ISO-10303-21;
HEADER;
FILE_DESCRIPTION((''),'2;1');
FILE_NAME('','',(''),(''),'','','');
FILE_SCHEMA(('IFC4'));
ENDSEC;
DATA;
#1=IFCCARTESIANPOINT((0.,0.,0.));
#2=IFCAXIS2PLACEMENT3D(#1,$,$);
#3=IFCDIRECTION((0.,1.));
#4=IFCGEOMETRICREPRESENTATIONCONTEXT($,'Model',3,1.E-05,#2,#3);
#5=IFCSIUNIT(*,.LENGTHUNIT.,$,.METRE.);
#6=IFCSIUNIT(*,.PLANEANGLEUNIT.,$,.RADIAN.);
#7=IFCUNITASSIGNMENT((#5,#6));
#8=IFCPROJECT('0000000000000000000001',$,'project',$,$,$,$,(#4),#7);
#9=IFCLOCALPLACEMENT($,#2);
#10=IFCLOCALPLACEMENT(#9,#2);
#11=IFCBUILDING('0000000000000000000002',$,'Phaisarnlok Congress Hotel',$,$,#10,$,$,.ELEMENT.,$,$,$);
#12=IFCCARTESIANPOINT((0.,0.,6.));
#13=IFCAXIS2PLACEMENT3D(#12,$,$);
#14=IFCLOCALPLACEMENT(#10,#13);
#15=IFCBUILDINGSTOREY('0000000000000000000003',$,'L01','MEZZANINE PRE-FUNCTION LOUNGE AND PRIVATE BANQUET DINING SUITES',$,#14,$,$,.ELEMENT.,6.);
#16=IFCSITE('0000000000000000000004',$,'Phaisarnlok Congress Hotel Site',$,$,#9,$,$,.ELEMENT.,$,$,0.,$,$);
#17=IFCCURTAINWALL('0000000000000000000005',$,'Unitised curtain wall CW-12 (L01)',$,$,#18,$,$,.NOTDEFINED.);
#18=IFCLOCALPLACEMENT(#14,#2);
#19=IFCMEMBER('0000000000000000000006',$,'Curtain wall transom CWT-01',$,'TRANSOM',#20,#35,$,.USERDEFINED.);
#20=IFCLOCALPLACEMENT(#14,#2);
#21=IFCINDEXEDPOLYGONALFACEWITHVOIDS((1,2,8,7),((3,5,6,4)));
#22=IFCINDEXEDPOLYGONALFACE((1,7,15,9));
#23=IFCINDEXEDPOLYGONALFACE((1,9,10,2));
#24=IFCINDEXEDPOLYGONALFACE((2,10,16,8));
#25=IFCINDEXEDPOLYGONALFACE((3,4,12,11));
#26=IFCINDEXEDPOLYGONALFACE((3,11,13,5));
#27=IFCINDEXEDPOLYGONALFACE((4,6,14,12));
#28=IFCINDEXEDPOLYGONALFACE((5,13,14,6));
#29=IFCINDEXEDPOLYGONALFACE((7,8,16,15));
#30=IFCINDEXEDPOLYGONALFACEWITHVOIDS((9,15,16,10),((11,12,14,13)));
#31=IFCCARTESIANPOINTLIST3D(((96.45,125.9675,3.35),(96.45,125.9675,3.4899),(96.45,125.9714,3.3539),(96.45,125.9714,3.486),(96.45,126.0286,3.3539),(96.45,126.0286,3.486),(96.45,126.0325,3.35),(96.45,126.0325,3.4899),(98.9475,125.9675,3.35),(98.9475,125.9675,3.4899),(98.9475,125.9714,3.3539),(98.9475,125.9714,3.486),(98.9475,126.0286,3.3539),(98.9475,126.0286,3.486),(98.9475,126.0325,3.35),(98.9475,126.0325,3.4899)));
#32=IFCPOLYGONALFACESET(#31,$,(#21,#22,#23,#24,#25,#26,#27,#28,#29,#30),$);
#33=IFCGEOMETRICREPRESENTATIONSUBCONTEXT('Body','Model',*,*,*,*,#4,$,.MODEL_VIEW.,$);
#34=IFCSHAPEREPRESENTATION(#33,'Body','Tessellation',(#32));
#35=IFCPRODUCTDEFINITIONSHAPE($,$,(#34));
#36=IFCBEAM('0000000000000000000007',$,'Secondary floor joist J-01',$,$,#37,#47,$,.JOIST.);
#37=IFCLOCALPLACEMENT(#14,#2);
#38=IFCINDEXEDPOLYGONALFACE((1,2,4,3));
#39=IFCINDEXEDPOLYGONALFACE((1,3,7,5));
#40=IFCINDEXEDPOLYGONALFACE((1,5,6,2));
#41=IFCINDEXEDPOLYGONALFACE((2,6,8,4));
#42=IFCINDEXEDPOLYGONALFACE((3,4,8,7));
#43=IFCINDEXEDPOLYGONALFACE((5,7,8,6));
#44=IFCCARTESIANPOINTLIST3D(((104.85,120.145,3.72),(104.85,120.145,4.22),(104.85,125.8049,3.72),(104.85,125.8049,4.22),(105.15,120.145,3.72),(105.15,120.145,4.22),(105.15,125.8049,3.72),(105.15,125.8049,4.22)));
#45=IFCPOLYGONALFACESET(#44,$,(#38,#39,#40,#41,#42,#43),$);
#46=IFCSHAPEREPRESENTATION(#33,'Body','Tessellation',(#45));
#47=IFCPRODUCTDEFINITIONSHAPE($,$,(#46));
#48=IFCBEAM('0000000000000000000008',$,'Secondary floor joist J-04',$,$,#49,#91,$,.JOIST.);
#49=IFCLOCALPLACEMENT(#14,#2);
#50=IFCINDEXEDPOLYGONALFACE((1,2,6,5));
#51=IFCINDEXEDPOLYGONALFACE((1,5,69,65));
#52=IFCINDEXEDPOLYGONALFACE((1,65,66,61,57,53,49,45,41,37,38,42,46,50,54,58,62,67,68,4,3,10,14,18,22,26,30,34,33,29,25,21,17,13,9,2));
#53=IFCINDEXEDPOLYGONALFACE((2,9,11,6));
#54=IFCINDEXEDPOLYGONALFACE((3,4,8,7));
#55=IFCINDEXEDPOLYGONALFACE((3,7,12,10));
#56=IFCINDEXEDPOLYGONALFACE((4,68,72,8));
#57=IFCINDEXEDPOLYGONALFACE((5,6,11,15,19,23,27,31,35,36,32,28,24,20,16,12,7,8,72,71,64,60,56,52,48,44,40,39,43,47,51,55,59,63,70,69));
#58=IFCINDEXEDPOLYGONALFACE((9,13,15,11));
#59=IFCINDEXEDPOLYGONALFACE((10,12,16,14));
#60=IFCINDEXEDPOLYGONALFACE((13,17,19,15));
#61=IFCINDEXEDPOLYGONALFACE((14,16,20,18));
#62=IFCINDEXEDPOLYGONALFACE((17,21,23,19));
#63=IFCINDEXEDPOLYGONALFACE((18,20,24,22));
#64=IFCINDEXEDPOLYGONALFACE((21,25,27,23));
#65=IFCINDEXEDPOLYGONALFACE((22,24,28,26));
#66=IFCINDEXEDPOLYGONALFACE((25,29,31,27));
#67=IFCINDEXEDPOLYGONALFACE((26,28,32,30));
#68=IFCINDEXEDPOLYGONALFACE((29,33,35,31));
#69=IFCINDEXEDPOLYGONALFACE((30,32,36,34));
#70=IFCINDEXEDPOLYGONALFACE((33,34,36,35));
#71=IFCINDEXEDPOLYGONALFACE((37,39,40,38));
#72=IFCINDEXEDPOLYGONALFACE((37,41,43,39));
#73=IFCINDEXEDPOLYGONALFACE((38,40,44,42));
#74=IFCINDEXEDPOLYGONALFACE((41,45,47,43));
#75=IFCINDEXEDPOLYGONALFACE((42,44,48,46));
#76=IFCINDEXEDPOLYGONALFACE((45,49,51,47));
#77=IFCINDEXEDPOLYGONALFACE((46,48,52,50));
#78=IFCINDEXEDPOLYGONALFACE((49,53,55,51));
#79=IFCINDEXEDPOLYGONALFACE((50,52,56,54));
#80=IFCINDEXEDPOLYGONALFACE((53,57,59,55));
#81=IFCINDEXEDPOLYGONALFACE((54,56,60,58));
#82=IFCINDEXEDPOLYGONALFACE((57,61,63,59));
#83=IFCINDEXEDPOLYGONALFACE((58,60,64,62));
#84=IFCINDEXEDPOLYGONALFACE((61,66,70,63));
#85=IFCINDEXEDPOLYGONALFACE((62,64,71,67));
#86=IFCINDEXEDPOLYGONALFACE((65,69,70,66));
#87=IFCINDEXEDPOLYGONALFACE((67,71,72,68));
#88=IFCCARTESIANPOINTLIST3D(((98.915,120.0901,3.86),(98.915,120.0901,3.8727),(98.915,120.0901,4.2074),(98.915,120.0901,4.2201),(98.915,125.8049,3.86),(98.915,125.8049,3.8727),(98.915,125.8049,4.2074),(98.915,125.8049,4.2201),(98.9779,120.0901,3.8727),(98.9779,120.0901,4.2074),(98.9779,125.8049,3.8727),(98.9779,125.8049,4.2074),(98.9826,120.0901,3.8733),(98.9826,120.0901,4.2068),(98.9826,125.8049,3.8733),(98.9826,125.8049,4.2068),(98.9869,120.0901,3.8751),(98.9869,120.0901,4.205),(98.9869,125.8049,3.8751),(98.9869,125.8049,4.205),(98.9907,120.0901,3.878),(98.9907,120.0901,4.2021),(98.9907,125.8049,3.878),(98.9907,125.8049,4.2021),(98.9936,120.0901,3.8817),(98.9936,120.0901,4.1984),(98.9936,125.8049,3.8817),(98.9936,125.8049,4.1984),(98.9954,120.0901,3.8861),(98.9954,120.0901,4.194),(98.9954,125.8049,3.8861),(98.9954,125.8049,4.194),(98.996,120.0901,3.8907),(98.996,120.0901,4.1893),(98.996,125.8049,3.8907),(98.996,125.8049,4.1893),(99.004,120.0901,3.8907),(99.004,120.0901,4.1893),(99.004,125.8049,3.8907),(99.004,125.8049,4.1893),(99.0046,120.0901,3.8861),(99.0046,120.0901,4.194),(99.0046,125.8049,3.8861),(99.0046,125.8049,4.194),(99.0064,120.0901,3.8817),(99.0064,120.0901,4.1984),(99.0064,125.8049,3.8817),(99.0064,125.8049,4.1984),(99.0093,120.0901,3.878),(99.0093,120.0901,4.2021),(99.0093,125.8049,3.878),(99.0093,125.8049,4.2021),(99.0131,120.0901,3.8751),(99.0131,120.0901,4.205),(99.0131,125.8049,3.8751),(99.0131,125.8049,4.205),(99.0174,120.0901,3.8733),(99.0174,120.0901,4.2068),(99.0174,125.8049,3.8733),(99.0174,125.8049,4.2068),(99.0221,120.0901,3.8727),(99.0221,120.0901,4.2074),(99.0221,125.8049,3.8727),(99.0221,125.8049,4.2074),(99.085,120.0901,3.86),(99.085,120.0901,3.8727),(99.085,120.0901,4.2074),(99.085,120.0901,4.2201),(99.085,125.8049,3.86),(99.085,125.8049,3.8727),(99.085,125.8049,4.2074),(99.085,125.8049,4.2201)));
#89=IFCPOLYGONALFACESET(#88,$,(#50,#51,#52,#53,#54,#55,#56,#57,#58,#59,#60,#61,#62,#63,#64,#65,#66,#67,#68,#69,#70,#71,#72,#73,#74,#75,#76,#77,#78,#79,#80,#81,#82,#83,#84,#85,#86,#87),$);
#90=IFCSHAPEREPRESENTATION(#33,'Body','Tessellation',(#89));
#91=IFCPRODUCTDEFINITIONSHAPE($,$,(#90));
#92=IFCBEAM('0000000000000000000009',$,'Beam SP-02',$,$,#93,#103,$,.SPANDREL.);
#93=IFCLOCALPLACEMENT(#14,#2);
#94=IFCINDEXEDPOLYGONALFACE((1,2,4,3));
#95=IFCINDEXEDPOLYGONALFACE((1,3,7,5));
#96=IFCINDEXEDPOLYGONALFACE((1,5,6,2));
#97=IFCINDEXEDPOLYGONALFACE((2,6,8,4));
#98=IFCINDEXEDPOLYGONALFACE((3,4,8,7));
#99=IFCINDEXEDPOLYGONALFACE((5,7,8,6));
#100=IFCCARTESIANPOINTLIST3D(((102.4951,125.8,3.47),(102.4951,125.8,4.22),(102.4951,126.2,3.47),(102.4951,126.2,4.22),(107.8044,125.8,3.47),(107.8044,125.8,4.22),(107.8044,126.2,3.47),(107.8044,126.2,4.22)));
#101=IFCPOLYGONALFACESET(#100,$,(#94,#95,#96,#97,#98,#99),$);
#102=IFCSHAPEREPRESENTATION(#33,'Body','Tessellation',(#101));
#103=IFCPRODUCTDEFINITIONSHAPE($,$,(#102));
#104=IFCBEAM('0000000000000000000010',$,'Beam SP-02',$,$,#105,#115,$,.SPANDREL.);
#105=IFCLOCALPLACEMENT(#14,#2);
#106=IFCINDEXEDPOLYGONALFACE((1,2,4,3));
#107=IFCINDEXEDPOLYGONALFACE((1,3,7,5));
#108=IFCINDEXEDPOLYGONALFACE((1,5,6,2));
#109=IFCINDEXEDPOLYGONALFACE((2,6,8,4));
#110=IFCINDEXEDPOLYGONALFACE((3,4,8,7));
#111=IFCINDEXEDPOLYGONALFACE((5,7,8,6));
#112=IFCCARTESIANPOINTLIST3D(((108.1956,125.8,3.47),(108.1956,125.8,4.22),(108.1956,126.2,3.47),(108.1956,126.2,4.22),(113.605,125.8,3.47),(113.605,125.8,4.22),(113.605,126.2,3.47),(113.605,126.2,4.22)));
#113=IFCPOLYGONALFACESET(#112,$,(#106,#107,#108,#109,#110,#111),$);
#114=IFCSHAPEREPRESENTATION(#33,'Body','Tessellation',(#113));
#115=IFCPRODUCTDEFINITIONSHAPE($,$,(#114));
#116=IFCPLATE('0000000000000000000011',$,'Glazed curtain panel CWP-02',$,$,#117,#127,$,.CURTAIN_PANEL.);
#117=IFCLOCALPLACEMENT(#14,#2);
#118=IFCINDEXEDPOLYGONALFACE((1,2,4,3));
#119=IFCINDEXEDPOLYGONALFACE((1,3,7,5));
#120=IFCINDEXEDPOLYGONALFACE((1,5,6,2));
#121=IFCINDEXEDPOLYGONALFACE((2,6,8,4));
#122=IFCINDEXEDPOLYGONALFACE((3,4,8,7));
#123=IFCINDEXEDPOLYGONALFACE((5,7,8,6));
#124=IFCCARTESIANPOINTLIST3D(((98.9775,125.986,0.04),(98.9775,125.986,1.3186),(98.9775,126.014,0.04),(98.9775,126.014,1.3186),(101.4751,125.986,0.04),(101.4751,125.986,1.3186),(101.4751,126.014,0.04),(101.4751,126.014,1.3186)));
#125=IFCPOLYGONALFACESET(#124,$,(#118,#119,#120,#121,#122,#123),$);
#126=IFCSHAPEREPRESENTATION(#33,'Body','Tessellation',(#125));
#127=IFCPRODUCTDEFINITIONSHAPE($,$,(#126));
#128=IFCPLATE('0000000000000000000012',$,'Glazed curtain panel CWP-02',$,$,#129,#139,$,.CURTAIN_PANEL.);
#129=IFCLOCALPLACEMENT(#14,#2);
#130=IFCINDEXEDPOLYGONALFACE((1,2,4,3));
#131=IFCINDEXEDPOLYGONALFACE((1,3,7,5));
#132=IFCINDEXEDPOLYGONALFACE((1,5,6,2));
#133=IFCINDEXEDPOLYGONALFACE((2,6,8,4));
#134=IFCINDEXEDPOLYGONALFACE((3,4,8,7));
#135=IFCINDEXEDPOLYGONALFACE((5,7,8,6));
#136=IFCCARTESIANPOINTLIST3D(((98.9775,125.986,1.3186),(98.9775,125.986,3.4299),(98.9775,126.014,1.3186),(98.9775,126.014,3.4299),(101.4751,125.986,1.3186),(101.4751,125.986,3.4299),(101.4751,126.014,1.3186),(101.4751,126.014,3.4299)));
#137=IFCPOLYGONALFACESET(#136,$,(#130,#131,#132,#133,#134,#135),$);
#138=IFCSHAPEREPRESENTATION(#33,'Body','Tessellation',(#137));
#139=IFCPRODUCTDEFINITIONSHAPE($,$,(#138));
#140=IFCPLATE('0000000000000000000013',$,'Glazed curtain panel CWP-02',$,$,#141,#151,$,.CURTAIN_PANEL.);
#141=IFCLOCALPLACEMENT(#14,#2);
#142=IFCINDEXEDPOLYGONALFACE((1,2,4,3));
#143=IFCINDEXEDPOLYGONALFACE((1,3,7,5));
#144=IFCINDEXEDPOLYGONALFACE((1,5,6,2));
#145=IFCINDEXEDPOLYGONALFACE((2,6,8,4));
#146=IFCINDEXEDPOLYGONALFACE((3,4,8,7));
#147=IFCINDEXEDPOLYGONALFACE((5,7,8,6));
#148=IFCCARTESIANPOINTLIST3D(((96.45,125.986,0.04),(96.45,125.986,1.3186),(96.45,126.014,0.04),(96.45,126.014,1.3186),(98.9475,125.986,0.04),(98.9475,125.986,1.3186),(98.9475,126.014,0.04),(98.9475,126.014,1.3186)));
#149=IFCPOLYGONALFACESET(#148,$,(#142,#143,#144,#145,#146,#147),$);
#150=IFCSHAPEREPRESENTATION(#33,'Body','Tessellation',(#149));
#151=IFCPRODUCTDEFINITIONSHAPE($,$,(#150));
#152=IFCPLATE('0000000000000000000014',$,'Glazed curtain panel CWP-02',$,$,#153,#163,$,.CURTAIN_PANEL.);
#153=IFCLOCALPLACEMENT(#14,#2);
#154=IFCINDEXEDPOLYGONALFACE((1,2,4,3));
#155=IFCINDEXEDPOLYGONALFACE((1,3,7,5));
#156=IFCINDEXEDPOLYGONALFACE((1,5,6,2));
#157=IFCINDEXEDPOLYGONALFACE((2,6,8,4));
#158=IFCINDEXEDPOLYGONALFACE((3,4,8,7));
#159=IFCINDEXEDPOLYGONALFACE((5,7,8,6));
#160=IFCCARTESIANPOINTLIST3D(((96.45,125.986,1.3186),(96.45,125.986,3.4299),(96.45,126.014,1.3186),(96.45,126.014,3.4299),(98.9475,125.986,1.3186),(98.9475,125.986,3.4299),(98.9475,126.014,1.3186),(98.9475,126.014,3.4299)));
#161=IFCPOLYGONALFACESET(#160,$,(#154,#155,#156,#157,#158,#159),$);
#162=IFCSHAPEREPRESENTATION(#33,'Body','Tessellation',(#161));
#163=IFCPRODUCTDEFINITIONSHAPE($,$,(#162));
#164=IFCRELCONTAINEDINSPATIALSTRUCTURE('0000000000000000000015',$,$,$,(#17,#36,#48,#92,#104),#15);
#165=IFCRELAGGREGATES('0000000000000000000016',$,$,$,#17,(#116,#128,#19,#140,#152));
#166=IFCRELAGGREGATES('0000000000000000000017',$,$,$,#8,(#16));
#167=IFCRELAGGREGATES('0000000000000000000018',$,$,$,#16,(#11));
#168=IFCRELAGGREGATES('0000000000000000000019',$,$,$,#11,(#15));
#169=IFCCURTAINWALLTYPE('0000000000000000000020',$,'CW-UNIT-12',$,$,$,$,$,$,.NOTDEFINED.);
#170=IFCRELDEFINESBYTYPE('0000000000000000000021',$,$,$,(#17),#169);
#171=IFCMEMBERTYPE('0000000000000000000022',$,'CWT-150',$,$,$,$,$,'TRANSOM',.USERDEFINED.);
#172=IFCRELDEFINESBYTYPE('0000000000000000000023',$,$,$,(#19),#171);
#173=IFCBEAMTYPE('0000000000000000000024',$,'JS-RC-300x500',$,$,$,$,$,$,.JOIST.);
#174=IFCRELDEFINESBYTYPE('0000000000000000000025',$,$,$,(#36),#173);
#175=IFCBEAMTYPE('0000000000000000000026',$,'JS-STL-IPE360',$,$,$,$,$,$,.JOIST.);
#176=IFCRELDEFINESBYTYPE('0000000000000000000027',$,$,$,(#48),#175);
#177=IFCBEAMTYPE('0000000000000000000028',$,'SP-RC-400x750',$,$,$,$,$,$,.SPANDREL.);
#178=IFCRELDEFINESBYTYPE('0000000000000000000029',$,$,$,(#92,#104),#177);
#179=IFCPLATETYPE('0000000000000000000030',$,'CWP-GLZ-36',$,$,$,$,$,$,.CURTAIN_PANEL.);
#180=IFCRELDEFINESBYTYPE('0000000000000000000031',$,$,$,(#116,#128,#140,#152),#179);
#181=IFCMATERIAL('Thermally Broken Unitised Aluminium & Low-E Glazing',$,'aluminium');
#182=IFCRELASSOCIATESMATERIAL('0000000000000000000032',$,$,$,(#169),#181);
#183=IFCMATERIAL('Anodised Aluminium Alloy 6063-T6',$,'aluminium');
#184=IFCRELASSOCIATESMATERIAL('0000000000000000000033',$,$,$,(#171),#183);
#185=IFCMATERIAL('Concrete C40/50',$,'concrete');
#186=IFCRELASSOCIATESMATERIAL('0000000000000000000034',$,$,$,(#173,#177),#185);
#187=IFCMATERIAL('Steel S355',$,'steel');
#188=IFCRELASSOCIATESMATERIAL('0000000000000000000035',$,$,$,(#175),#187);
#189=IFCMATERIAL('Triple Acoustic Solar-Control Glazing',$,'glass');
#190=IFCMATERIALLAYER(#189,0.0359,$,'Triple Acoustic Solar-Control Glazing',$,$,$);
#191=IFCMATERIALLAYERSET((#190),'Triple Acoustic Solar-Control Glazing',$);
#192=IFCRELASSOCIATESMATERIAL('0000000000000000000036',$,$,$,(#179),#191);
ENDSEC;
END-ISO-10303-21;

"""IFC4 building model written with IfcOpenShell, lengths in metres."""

from ifc_helpers import new_model, si_unit, direction, frame, frame_2d, origin, origin_2d, place, context, subcontext, project, spatial, rectangle, hollow_rectangle, i_section, extrude, material, layer, layer_set, material_profile, profile_set, type_object, element, aggregate, save


model = new_model("IFC4")

# Units and contexts
model_context = context("Model", 3, precision=1e-05, world=origin(), true_north=direction((0.0, 1.0)))
body_context = subcontext(model_context, "Body", "Model", "MODEL_VIEW")
ifc_project = project(units=[si_unit("LENGTHUNIT", "METRE"), si_unit("PLANEANGLEUNIT", "RADIAN")], contexts=[model_context])

# Site, building, storey
site_placement = place(None, origin())
site = spatial("IfcSite", under=ifc_project, at=site_placement, Name="Phaisarnlok Congress Hotel Site", CompositionType="ELEMENT", RefElevation=0.0)
building_placement = place(site_placement, origin())
building = spatial("IfcBuilding", under=site, at=building_placement, Name="Phaisarnlok Congress Hotel", CompositionType="ELEMENT")
storey_placement = place(building_placement, frame((0.0, 0.0, 6.0)))
storey = spatial("IfcBuildingStorey", under=building, at=storey_placement, Name="L01", Description="MEZZANINE PRE-FUNCTION LOUNGE AND PRIVATE BANQUET DINING SUITES", CompositionType="ELEMENT", Elevation=6.0)

# Shared definitions
ifc_material_1 = material(Name="Steel S355", Category="steel")

# Shared definitions
ifc_material_2 = material(Name="Concrete C40/50", Category="concrete")

# Shared definitions
ifc_material_3 = material(Name="Thermally Broken Unitised Aluminium & Low-E Glazing", Category="aluminium")
ifc_material_4 = material(Name="Anodised Aluminium Alloy 6063-T6", Category="aluminium")

# Curtain wall, member
curtain_wall_type_1 = type_object("IfcCurtainWallType", Name="CW-UNIT-12", PredefinedType="NOTDEFINED", material=ifc_material_3)
curtain_wall_1_placement = place(storey_placement, origin())
curtain_wall_1 = element("IfcCurtainWall", 1, at=curtain_wall_1_placement, inside=storey, type_object=curtain_wall_type_1, Name="Unitised curtain wall CW-12 (L01)", PredefinedType="NOTDEFINED")
ifc_material_profile_1 = material_profile(ifc_material_4, hollow_rectangle(XDim=0.0649, YDim=0.1399, WallThickness=0.0039, at=origin_2d()), Name="ALU-T 65x140x4")
ifc_profile_set_1 = profile_set([ifc_material_profile_1], Name="Anodised Aluminium Alloy 6063-T6")
member_type_1 = type_object("IfcMemberType", Name="CWT-150", ElementType="TRANSOM", PredefinedType="USERDEFINED", material=ifc_profile_set_1)
member_1_placement = place(storey_placement, frame((98.9475, 126.0, 3.4199), z_axis=(-1.0, 0.0, 0.0), x_axis=(0.0, -1.0, 0.0)))
member_1 = element("IfcMember", 2, at=member_1_placement, type_object=member_type_1, Name="Curtain wall transom CWT-01", ObjectType="TRANSOM", PredefinedType="USERDEFINED", context=body_context, shape_type="SweptSolid", body=[
    extrude(hollow_rectangle(XDim=0.0649, YDim=0.1399, WallThickness=0.0039, at=origin_2d()), origin(), (0.0, 0.0, 1.0), 2.4976),
])

# Beams
ifc_material_profile_2 = material_profile(ifc_material_2, rectangle(XDim=0.3, YDim=0.5, at=origin_2d()), Name="RC 300x500")
ifc_profile_set_2 = profile_set([ifc_material_profile_2], Name="Concrete C40/50")
beam_type_1 = type_object("IfcBeamType", Name="JS-RC-300x500", PredefinedType="JOIST", material=ifc_profile_set_2)
beam_1_placement = place(storey_placement, frame((105.0, 120.145, 3.97), z_axis=(0.0, 1.0, 0.0), x_axis=(-1.0, 0.0, 0.0)))
element("IfcBeam", 3, at=beam_1_placement, inside=storey, type_object=beam_type_1, Name="Secondary floor joist J-01", PredefinedType="JOIST", context=body_context, shape_type="SweptSolid", body=[
    extrude(rectangle(XDim=0.3, YDim=0.5, at=origin_2d()), origin(), (0.0, 0.0, 1.0), 5.6599),
])
ifc_material_profile_3 = material_profile(ifc_material_1, i_section(OverallWidth=0.1699, OverallDepth=0.3601, WebThickness=0.0081, FlangeThickness=0.0127, FilletRadius=0.0181, at=origin_2d()), Name="IPE 360")
ifc_profile_set_3 = profile_set([ifc_material_profile_3], Name="Steel S355")
beam_type_2 = type_object("IfcBeamType", Name="JS-STL-IPE360", PredefinedType="JOIST", material=ifc_profile_set_3)
beam_2_placement = place(storey_placement, frame((99.0, 120.0901, 4.04), z_axis=(0.0, 1.0, 0.0), x_axis=(-1.0, 0.0, 0.0)))
element("IfcBeam", 4, at=beam_2_placement, inside=storey, type_object=beam_type_2, Name="Secondary floor joist J-04", PredefinedType="JOIST", context=body_context, shape_type="SweptSolid", body=[
    extrude(i_section(OverallWidth=0.1699, OverallDepth=0.3601, WebThickness=0.0081, FlangeThickness=0.0127, FilletRadius=0.0181, at=origin_2d()), origin(), (0.0, 0.0, 1.0), 5.7148),
])
ifc_material_profile_4 = material_profile(ifc_material_2, rectangle(XDim=0.3999, YDim=0.75, at=origin_2d()), Name="RC 400x750")
ifc_profile_set_4 = profile_set([ifc_material_profile_4], Name="Concrete C40/50")
beam_type_3 = type_object("IfcBeamType", Name="SP-RC-400x750", PredefinedType="SPANDREL", material=ifc_profile_set_4)
beam_3_placement = place(storey_placement, frame((102.4951, 126.0, 3.845), z_axis=(1.0, 0.0, 0.0), x_axis=(0.0, 1.0, 0.0)))
element("IfcBeam", 5, at=beam_3_placement, inside=storey, type_object=beam_type_3, Name="Beam SP-02", PredefinedType="SPANDREL", context=body_context, shape_type="SweptSolid", body=[
    extrude(rectangle(XDim=0.3999, YDim=0.75, at=origin_2d()), origin(), (0.0, 0.0, 1.0), 5.3093),
])
beam_4_placement = place(storey_placement, frame((108.1956, 126.0, 3.845), z_axis=(1.0, 0.0, 0.0), x_axis=(0.0, 1.0, 0.0)))
element("IfcBeam", 6, at=beam_4_placement, inside=storey, type_object=beam_type_3, Name="Beam SP-02", PredefinedType="SPANDREL", context=body_context, shape_type="SweptSolid", body=[
    extrude(rectangle(XDim=0.3999, YDim=0.75, at=origin_2d()), origin(), (0.0, 0.0, 1.0), 5.4094),
])

# Plates
ifc_material_5 = material(Name="Triple Acoustic Solar-Control Glazing", Category="glass")
ifc_layer_1 = layer(ifc_material_5, 0.0359, Name="Triple Acoustic Solar-Control Glazing")
ifc_layer_set_1 = layer_set([ifc_layer_1], Name="Triple Acoustic Solar-Control Glazing")
plate_type = type_object("IfcPlateType", Name="CWP-GLZ-36", PredefinedType="CURTAIN_PANEL", material=ifc_layer_set_1)
plate_1_placement = place(storey_placement, frame((101.4751, 126.0, 0.04), z_axis=(0.0, 0.0, 1.0), x_axis=(-1.0, 0.0, 0.0)))
plate_1 = element("IfcPlate", 7, at=plate_1_placement, type_object=plate_type, Name="Glazed curtain panel CWP-02", PredefinedType="CURTAIN_PANEL", context=body_context, shape_type="SweptSolid", body=[
    extrude(rectangle(XDim=2.4976, YDim=0.0281, at=frame_2d((1.2488, 0.0))), origin(), (0.0, 0.0, 1.0), 1.2786),
])
plate_2_placement = place(storey_placement, frame((101.4751, 126.0, 1.3186), z_axis=(0.0, 0.0, 1.0), x_axis=(-1.0, 0.0, 0.0)))
plate_2 = element("IfcPlate", 8, at=plate_2_placement, type_object=plate_type, Name="Glazed curtain panel CWP-02", PredefinedType="CURTAIN_PANEL", context=body_context, shape_type="SweptSolid", body=[
    extrude(rectangle(XDim=2.4976, YDim=0.0281, at=frame_2d((1.2488, 0.0))), origin(), (0.0, 0.0, 1.0), 2.1113),
])
plate_3_placement = place(storey_placement, frame((98.9475, 126.0, 0.04), z_axis=(0.0, 0.0, 1.0), x_axis=(-1.0, 0.0, 0.0)))
plate_3 = element("IfcPlate", 9, at=plate_3_placement, type_object=plate_type, Name="Glazed curtain panel CWP-02", PredefinedType="CURTAIN_PANEL", context=body_context, shape_type="SweptSolid", body=[
    extrude(rectangle(XDim=2.4976, YDim=0.0281, at=frame_2d((1.2488, 0.0))), origin(), (0.0, 0.0, 1.0), 1.2786),
])
plate_4_placement = place(storey_placement, frame((98.9475, 126.0, 1.3186), z_axis=(0.0, 0.0, 1.0), x_axis=(-1.0, 0.0, 0.0)))
plate_4 = element("IfcPlate", 10, at=plate_4_placement, type_object=plate_type, Name="Glazed curtain panel CWP-02", PredefinedType="CURTAIN_PANEL", context=body_context, shape_type="SweptSolid", body=[
    extrude(rectangle(XDim=2.4976, YDim=0.0281, at=frame_2d((1.2488, 0.0))), origin(), (0.0, 0.0, 1.0), 2.1113),
])
aggregate(curtain_wall_1, [plate_1, plate_2, member_1, plate_3, plate_4])

save(model, "model.ifc")
